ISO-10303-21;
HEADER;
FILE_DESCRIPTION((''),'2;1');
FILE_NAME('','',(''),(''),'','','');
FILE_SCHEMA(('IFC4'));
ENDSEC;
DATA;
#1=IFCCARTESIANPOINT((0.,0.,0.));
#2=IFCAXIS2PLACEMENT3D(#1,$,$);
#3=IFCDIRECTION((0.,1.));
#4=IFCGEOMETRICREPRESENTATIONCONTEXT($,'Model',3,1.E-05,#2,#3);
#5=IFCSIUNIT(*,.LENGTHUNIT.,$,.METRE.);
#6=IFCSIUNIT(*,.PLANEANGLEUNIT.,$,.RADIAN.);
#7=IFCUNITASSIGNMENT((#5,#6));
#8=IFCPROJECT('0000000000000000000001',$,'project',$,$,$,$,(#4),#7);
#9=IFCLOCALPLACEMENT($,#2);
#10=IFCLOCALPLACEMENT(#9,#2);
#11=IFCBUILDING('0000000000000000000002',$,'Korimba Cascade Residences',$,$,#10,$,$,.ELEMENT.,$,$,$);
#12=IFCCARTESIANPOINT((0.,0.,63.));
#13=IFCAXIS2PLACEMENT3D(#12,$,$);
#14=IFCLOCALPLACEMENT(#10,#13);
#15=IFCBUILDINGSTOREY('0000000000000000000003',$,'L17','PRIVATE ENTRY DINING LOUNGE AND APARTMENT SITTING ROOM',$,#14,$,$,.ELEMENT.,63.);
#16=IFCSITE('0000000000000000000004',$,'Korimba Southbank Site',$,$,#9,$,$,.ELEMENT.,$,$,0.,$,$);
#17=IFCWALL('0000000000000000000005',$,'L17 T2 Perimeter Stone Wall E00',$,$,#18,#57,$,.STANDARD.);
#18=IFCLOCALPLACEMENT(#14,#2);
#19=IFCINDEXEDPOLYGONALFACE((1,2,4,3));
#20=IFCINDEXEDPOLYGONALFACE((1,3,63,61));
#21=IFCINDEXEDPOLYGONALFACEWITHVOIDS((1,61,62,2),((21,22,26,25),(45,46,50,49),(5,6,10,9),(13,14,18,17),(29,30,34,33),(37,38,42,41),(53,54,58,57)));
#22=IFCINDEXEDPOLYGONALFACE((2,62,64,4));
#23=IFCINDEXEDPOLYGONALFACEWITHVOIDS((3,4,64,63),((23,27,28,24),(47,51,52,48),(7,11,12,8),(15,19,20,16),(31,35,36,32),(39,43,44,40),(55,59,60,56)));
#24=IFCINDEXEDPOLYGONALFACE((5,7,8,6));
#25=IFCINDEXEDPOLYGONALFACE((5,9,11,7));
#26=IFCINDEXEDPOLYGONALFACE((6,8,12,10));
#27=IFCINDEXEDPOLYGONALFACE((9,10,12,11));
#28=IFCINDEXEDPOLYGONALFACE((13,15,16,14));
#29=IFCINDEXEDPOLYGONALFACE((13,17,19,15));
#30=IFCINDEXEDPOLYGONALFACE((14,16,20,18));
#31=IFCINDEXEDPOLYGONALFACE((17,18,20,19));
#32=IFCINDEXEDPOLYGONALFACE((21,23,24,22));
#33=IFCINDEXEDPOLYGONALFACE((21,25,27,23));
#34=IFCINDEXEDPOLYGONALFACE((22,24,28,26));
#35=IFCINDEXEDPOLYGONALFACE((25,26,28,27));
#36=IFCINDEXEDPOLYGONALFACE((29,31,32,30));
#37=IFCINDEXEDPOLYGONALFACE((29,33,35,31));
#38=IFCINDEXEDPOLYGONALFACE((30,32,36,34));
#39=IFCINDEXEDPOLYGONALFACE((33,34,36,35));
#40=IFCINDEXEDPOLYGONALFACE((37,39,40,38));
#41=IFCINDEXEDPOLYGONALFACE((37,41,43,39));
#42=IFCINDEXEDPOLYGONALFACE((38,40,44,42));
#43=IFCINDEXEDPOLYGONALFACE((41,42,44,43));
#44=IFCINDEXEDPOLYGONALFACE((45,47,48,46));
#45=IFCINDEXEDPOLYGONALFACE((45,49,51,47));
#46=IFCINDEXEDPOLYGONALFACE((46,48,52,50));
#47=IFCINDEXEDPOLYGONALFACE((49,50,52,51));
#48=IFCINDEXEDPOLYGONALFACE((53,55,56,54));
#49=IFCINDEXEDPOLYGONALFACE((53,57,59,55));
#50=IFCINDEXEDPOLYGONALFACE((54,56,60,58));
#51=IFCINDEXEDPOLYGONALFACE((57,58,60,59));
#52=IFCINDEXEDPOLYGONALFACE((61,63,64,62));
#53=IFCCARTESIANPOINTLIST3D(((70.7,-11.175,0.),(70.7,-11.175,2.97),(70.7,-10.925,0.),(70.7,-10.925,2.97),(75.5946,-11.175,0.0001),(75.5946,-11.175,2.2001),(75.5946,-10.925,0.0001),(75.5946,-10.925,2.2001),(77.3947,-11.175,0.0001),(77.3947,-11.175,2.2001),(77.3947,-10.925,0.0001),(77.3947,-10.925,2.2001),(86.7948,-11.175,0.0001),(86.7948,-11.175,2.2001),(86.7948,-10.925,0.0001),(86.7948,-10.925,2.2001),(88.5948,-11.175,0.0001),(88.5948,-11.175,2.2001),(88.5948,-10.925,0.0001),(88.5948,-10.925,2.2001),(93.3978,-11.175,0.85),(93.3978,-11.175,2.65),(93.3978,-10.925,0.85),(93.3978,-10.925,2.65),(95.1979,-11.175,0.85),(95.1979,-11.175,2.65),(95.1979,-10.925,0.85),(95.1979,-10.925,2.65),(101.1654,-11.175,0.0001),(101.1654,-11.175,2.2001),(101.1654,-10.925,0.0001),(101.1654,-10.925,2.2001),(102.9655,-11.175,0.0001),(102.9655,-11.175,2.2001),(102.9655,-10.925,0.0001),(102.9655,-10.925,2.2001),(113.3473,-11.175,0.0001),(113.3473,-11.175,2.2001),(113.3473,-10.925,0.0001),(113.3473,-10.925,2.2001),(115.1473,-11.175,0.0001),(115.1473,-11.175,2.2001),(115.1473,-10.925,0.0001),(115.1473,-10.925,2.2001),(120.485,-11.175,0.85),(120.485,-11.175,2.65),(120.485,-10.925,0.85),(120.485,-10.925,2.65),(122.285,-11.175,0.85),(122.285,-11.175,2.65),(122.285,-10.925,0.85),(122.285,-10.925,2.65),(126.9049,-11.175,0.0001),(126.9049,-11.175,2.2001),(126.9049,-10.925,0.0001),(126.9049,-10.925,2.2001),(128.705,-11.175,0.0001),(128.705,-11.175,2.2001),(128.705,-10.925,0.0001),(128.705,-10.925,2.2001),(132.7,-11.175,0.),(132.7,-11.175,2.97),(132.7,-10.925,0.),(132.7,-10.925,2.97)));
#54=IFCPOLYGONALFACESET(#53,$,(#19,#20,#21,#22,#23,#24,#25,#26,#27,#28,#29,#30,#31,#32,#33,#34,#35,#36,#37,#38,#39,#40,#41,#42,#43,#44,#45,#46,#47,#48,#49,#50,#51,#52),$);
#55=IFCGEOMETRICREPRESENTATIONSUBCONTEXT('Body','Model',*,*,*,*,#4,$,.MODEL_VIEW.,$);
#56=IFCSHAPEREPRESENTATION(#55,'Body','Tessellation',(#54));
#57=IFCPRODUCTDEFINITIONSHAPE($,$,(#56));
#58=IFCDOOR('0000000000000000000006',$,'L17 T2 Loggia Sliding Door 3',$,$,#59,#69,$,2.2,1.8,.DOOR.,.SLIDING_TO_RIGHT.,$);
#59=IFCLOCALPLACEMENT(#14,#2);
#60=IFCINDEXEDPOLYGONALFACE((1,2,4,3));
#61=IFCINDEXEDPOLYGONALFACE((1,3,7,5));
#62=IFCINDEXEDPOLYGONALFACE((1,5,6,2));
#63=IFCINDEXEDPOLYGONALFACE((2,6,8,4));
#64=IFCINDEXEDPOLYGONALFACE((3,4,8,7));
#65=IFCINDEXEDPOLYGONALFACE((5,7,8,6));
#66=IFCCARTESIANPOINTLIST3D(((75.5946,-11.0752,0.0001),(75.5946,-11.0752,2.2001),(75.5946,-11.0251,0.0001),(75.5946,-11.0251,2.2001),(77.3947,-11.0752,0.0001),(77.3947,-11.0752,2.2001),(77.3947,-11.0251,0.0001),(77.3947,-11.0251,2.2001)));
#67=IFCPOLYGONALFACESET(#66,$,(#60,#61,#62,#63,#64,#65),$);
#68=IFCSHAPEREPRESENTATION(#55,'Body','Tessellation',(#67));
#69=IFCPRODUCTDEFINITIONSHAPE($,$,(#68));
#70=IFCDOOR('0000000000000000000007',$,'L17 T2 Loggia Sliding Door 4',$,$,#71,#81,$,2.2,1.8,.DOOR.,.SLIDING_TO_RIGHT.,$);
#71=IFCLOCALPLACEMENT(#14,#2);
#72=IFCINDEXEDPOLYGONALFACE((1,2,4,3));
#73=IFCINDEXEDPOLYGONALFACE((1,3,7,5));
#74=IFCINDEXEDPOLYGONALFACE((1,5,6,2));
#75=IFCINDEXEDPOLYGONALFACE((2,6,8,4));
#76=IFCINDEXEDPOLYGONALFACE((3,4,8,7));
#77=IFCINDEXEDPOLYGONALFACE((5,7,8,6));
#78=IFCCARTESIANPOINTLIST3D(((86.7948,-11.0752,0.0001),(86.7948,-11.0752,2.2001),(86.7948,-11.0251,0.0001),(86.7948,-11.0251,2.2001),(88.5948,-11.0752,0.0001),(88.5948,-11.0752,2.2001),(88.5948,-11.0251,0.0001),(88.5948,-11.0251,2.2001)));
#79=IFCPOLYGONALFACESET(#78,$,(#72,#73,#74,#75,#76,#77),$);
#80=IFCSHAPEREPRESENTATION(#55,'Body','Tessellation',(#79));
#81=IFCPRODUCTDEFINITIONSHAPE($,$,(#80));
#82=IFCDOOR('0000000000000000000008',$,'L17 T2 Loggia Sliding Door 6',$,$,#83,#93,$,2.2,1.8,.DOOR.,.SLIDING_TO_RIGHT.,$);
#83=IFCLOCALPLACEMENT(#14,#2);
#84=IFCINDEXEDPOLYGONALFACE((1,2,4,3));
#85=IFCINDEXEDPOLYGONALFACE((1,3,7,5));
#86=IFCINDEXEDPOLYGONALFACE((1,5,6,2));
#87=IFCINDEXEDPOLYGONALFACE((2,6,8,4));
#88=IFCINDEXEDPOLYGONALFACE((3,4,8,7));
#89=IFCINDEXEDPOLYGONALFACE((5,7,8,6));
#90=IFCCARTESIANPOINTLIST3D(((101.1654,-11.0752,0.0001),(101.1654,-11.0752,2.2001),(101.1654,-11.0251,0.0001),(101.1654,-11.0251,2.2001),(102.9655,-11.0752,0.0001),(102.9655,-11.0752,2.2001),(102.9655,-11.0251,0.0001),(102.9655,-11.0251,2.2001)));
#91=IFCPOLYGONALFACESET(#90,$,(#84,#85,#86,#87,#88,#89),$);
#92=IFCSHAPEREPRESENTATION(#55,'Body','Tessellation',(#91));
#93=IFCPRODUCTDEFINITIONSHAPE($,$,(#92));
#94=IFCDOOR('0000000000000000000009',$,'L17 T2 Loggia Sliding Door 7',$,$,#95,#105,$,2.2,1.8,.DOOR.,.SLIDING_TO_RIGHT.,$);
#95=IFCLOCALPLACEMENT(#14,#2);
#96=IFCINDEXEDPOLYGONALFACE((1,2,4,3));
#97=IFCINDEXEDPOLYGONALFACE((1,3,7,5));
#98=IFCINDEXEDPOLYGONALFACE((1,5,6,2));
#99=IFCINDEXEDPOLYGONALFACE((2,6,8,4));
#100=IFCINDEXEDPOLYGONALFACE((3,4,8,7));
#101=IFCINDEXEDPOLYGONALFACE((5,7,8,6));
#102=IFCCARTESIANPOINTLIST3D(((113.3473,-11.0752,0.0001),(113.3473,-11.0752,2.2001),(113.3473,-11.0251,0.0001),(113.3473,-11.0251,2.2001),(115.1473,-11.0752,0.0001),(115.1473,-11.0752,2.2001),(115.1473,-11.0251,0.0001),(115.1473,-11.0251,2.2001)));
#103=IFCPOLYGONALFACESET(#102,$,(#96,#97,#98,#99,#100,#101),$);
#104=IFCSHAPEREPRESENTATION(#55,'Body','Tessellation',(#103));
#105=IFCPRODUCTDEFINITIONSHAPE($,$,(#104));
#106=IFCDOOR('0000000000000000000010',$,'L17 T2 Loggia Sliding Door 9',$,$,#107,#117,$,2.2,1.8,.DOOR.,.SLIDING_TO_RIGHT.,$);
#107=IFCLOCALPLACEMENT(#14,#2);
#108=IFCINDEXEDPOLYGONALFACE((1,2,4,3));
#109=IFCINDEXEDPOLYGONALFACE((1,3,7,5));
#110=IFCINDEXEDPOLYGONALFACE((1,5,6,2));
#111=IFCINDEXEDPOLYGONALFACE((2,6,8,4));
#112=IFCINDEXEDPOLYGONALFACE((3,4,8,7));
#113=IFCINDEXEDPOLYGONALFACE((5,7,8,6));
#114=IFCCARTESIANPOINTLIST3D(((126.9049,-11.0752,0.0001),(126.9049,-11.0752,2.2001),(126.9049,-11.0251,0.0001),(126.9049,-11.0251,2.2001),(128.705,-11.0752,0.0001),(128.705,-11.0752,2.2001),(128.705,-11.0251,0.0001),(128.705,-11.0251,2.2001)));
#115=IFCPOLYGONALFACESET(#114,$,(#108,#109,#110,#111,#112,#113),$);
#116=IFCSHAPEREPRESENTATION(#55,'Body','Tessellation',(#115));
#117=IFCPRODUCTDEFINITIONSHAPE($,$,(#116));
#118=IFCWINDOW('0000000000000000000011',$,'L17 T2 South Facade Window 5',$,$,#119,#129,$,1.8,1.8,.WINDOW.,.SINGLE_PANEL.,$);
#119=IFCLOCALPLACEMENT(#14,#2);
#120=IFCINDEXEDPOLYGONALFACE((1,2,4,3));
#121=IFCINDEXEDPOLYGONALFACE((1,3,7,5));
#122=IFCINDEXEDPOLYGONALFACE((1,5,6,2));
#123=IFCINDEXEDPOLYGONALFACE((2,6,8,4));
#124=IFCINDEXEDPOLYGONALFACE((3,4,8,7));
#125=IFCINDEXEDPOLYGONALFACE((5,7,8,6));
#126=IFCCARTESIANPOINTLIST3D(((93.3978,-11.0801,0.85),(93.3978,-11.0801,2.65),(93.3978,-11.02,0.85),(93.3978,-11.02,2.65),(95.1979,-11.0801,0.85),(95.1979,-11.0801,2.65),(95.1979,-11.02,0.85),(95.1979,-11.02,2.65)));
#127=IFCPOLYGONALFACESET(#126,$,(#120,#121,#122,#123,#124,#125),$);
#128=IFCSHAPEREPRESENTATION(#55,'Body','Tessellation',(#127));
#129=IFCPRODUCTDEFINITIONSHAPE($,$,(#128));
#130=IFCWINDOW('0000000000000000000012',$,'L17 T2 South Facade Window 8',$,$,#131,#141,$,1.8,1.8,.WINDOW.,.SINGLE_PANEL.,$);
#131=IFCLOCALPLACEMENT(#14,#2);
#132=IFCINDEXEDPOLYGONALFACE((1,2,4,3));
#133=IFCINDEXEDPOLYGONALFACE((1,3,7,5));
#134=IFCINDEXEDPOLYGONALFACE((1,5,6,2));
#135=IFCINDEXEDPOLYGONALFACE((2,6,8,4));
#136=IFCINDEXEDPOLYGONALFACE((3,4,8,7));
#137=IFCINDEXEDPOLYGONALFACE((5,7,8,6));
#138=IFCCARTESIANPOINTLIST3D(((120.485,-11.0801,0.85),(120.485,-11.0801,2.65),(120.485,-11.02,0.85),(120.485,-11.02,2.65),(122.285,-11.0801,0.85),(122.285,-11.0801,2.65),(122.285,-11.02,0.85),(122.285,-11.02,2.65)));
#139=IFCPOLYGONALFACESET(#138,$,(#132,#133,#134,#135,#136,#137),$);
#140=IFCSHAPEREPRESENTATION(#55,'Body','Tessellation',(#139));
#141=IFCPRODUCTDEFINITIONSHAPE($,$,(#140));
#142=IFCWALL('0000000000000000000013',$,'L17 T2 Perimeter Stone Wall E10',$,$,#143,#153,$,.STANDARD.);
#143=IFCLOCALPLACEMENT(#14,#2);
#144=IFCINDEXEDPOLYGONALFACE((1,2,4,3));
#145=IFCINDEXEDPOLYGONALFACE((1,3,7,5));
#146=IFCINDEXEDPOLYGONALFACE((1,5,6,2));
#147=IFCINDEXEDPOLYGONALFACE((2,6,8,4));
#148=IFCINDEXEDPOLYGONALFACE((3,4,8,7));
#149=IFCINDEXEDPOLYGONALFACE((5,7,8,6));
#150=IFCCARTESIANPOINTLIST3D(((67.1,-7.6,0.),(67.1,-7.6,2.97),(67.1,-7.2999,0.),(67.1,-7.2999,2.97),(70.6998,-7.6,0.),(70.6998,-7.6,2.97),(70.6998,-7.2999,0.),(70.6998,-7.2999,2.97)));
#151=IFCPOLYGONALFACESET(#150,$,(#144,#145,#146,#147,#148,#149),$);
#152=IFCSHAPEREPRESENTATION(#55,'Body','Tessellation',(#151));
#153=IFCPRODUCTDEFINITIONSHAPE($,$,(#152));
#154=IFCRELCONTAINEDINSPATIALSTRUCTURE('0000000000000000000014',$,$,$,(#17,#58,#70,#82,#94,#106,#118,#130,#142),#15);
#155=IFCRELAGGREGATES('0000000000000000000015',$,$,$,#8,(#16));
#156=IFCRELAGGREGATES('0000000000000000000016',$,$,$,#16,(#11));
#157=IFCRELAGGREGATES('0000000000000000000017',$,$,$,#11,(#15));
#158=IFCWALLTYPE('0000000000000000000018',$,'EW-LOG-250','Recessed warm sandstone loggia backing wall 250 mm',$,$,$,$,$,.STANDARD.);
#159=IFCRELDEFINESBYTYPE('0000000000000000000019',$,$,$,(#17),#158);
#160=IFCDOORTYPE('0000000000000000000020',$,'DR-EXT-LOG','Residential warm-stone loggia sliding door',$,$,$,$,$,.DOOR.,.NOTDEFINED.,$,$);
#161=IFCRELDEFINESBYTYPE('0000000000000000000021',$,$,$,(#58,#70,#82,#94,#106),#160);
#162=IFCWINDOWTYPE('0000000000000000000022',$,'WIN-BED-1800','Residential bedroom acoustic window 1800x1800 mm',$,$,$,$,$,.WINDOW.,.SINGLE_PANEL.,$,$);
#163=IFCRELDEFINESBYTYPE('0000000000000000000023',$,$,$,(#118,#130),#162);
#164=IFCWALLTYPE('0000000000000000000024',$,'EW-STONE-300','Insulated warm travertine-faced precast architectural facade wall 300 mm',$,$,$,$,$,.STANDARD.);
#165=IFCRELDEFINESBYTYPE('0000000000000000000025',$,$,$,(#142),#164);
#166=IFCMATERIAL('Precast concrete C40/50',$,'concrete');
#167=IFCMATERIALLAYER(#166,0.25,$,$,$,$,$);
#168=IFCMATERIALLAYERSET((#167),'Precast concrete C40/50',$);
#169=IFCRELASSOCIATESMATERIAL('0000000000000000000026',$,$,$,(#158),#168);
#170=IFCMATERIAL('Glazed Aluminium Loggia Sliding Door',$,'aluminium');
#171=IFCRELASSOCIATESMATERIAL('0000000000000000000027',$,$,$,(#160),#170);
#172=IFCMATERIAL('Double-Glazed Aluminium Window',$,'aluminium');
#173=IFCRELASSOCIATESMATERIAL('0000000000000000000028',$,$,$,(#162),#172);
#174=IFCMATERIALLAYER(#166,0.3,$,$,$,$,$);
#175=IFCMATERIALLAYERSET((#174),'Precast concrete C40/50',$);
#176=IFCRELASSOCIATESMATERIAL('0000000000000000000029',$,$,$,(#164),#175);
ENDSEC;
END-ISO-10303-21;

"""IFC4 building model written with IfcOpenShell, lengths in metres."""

from ifc_helpers import new_model, si_unit, direction, frame, frame_2d, origin, place, context, subcontext, project, spatial, rectangle, extrude, material, layer, layer_set, type_object, element, fill, save


model = new_model("IFC4")

# Units and contexts
model_context = context("Model", 3, precision=1e-05, world=origin(), true_north=direction((0.0, 1.0)))
body_context = subcontext(model_context, "Body", "Model", "MODEL_VIEW")
ifc_project = project(units=[si_unit("LENGTHUNIT", "METRE"), si_unit("PLANEANGLEUNIT", "RADIAN")], contexts=[model_context])

# Site, building, storey
site_placement = place(None, origin())
site = spatial("IfcSite", under=ifc_project, at=site_placement, Name="Korimba Southbank Site", CompositionType="ELEMENT", RefElevation=0.0)
building_placement = place(site_placement, origin())
building = spatial("IfcBuilding", under=site, at=building_placement, Name="Korimba Cascade Residences", CompositionType="ELEMENT")
storey_placement = place(building_placement, frame((0.0, 0.0, 63.0)))
storey = spatial("IfcBuildingStorey", under=building, at=storey_placement, Name="L17", Description="PRIVATE ENTRY DINING LOUNGE AND APARTMENT SITTING ROOM", CompositionType="ELEMENT", Elevation=63.0)

# Wall, openings, doors, windows
ifc_material_1 = material(Name="Precast concrete C40/50", Category="concrete")
ifc_layer_1 = layer(ifc_material_1, 0.25)
ifc_layer_set_1 = layer_set([ifc_layer_1], Name="Precast concrete C40/50")
wall_type_1 = type_object("IfcWallType", Name="EW-LOG-250", Description="Recessed warm sandstone loggia backing wall 250 mm", PredefinedType="STANDARD", material=ifc_layer_set_1)
wall_1_placement = place(storey_placement, frame((70.7, -11.05, 0.0), z_axis=(0.0, 0.0, 1.0), x_axis=(1.0, 0.0, 0.0)))
wall_1 = element("IfcWall", 1, at=wall_1_placement, inside=storey, type_object=wall_type_1, Name="L17 T2 Perimeter Stone Wall E00", PredefinedType="STANDARD", context=body_context, shape_type="SweptSolid", body=[
    extrude(rectangle(XDim=62.0, YDim=0.25, at=frame_2d((31.0, 0.0))), origin(), (0.0, 0.0, 1.0), 2.97),
])
opening_1_placement = place(wall_1_placement, frame((4.8948, 0.0, 0.0)))
opening_1 = element("IfcOpeningElement", 2, at=opening_1_placement, cuts=wall_1, PredefinedType="OPENING", context=body_context, shape_type="SweptSolid", body=[
    extrude(rectangle(XDim=1.8, YDim=2.2, at=frame_2d((0.8999, 1.1001))), frame((0.0, 0.135, 0.0), z_axis=(0.0, -1.0, 0.0), x_axis=(1.0, 0.0, 0.0)), (0.0, 0.0, 1.0), 0.27),
])
opening_2_placement = place(wall_1_placement, frame((16.095, 0.0, 0.0)))
opening_2 = element("IfcOpeningElement", 3, at=opening_2_placement, cuts=wall_1, PredefinedType="OPENING", context=body_context, shape_type="SweptSolid", body=[
    extrude(rectangle(XDim=1.8, YDim=2.2, at=frame_2d((0.8999, 1.1001))), frame((0.0, 0.135, 0.0), z_axis=(0.0, -1.0, 0.0), x_axis=(1.0, 0.0, 0.0)), (0.0, 0.0, 1.0), 0.27),
])
opening_3_placement = place(wall_1_placement, frame((22.698, 0.0, 0.8501)))
opening_3 = element("IfcOpeningElement", 4, at=opening_3_placement, cuts=wall_1, PredefinedType="OPENING", context=body_context, shape_type="SweptSolid", body=[
    extrude(rectangle(XDim=1.8, YDim=1.8, at=frame_2d((0.8999, 0.8999))), frame((0.0, 0.135, 0.0), z_axis=(0.0, -1.0, 0.0), x_axis=(1.0, 0.0, 0.0)), (0.0, 0.0, 1.0), 0.27),
])
opening_4_placement = place(wall_1_placement, frame((30.4656, 0.0, 0.0)))
opening_4 = element("IfcOpeningElement", 5, at=opening_4_placement, cuts=wall_1, PredefinedType="OPENING", context=body_context, shape_type="SweptSolid", body=[
    extrude(rectangle(XDim=1.8, YDim=2.2, at=frame_2d((0.8999, 1.1001))), frame((0.0, 0.135, 0.0), z_axis=(0.0, -1.0, 0.0), x_axis=(1.0, 0.0, 0.0)), (0.0, 0.0, 1.0), 0.27),
])
opening_5_placement = place(wall_1_placement, frame((42.6475, 0.0, 0.0)))
opening_5 = element("IfcOpeningElement", 6, at=opening_5_placement, cuts=wall_1, PredefinedType="OPENING", context=body_context, shape_type="SweptSolid", body=[
    extrude(rectangle(XDim=1.8, YDim=2.2, at=frame_2d((0.8999, 1.1001))), frame((0.0, 0.135, 0.0), z_axis=(0.0, -1.0, 0.0), x_axis=(1.0, 0.0, 0.0)), (0.0, 0.0, 1.0), 0.27),
])
opening_6_placement = place(wall_1_placement, frame((49.7852, 0.0, 0.8501)))
opening_6 = element("IfcOpeningElement", 7, at=opening_6_placement, cuts=wall_1, PredefinedType="OPENING", context=body_context, shape_type="SweptSolid", body=[
    extrude(rectangle(XDim=1.8, YDim=1.8, at=frame_2d((0.8999, 0.8999))), frame((0.0, 0.135, 0.0), z_axis=(0.0, -1.0, 0.0), x_axis=(1.0, 0.0, 0.0)), (0.0, 0.0, 1.0), 0.27),
])
opening_7_placement = place(wall_1_placement, frame((56.2051, 0.0, 0.0)))
opening_7 = element("IfcOpeningElement", 8, at=opening_7_placement, cuts=wall_1, PredefinedType="OPENING", context=body_context, shape_type="SweptSolid", body=[
    extrude(rectangle(XDim=1.8, YDim=2.2, at=frame_2d((0.8999, 1.1001))), frame((0.0, 0.135, 0.0), z_axis=(0.0, -1.0, 0.0), x_axis=(1.0, 0.0, 0.0)), (0.0, 0.0, 1.0), 0.27),
])
ifc_material_2 = material(Name="Glazed Aluminium Loggia Sliding Door", Category="aluminium")
door_type_1 = type_object("IfcDoorType", Name="DR-EXT-LOG", Description="Residential warm-stone loggia sliding door", OperationType="NOTDEFINED", PredefinedType="DOOR", material=ifc_material_2)
door_1_placement = place(opening_1_placement, origin())
door_1 = element("IfcDoor", 9, at=door_1_placement, inside=storey, type_object=door_type_1, Name="L17 T2 Loggia Sliding Door 3", OperationType="SLIDING_TO_RIGHT", OverallHeight=2.2, OverallWidth=1.8, PredefinedType="DOOR", context=body_context, shape_type="SweptSolid", body=[
    extrude(rectangle(XDim=1.8, YDim=2.2, at=frame_2d((0.8999, 1.1001))), frame((0.0, 0.0249, 0.0), z_axis=(0.0, -1.0, 0.0), x_axis=(1.0, 0.0, 0.0)), (0.0, 0.0, 1.0), 0.05),
])
fill(opening_1, door_1)
door_2_placement = place(opening_2_placement, origin())
door_2 = element("IfcDoor", 10, at=door_2_placement, inside=storey, type_object=door_type_1, Name="L17 T2 Loggia Sliding Door 4", OperationType="SLIDING_TO_RIGHT", OverallHeight=2.2, OverallWidth=1.8, PredefinedType="DOOR", context=body_context, shape_type="SweptSolid", body=[
    extrude(rectangle(XDim=1.8, YDim=2.2, at=frame_2d((0.8999, 1.1001))), frame((0.0, 0.0249, 0.0), z_axis=(0.0, -1.0, 0.0), x_axis=(1.0, 0.0, 0.0)), (0.0, 0.0, 1.0), 0.05),
])
fill(opening_2, door_2)
door_3_placement = place(opening_4_placement, origin())
door_3 = element("IfcDoor", 11, at=door_3_placement, inside=storey, type_object=door_type_1, Name="L17 T2 Loggia Sliding Door 6", OperationType="SLIDING_TO_RIGHT", OverallHeight=2.2, OverallWidth=1.8, PredefinedType="DOOR", context=body_context, shape_type="SweptSolid", body=[
    extrude(rectangle(XDim=1.8, YDim=2.2, at=frame_2d((0.8999, 1.1001))), frame((0.0, 0.0249, 0.0), z_axis=(0.0, -1.0, 0.0), x_axis=(1.0, 0.0, 0.0)), (0.0, 0.0, 1.0), 0.05),
])
fill(opening_4, door_3)
door_4_placement = place(opening_5_placement, origin())
door_4 = element("IfcDoor", 12, at=door_4_placement, inside=storey, type_object=door_type_1, Name="L17 T2 Loggia Sliding Door 7", OperationType="SLIDING_TO_RIGHT", OverallHeight=2.2, OverallWidth=1.8, PredefinedType="DOOR", context=body_context, shape_type="SweptSolid", body=[
    extrude(rectangle(XDim=1.8, YDim=2.2, at=frame_2d((0.8999, 1.1001))), frame((0.0, 0.0249, 0.0), z_axis=(0.0, -1.0, 0.0), x_axis=(1.0, 0.0, 0.0)), (0.0, 0.0, 1.0), 0.05),
])
fill(opening_5, door_4)
door_5_placement = place(opening_7_placement, origin())
door_5 = element("IfcDoor", 13, at=door_5_placement, inside=storey, type_object=door_type_1, Name="L17 T2 Loggia Sliding Door 9", OperationType="SLIDING_TO_RIGHT", OverallHeight=2.2, OverallWidth=1.8, PredefinedType="DOOR", context=body_context, shape_type="SweptSolid", body=[
    extrude(rectangle(XDim=1.8, YDim=2.2, at=frame_2d((0.8999, 1.1001))), frame((0.0, 0.0249, 0.0), z_axis=(0.0, -1.0, 0.0), x_axis=(1.0, 0.0, 0.0)), (0.0, 0.0, 1.0), 0.05),
])
fill(opening_7, door_5)
ifc_material_3 = material(Name="Double-Glazed Aluminium Window", Category="aluminium")
window_type = type_object("IfcWindowType", Name="WIN-BED-1800", Description="Residential bedroom acoustic window 1800x1800 mm", PartitioningType="SINGLE_PANEL", PredefinedType="WINDOW", material=ifc_material_3)
window_1_placement = place(opening_3_placement, origin())
window_1 = element("IfcWindow", 14, at=window_1_placement, inside=storey, type_object=window_type, Name="L17 T2 South Facade Window 5", OverallHeight=1.8, OverallWidth=1.8, PartitioningType="SINGLE_PANEL", PredefinedType="WINDOW", context=body_context, shape_type="SweptSolid", body=[
    extrude(rectangle(XDim=1.8, YDim=1.8, at=frame_2d((0.8999, 0.8999))), frame((0.0, 0.03, 0.0), z_axis=(0.0, -1.0, 0.0), x_axis=(1.0, 0.0, 0.0)), (0.0, 0.0, 1.0), 0.0601),
])
fill(opening_3, window_1)
window_2_placement = place(opening_6_placement, origin())
window_2 = element("IfcWindow", 15, at=window_2_placement, inside=storey, type_object=window_type, Name="L17 T2 South Facade Window 8", OverallHeight=1.8, OverallWidth=1.8, PartitioningType="SINGLE_PANEL", PredefinedType="WINDOW", context=body_context, shape_type="SweptSolid", body=[
    extrude(rectangle(XDim=1.8, YDim=1.8, at=frame_2d((0.8999, 0.8999))), frame((0.0, 0.03, 0.0), z_axis=(0.0, -1.0, 0.0), x_axis=(1.0, 0.0, 0.0)), (0.0, 0.0, 1.0), 0.0601),
])
fill(opening_6, window_2)

# Wall
ifc_layer_2 = layer(ifc_material_1, 0.3)
ifc_layer_set_2 = layer_set([ifc_layer_2], Name="Precast concrete C40/50")
wall_type_2 = type_object("IfcWallType", Name="EW-STONE-300", Description="Insulated warm travertine-faced precast architectural facade wall 300 mm", PredefinedType="STANDARD", material=ifc_layer_set_2)
wall_2_placement = place(storey_placement, frame((67.1001, -7.45, 0.0), z_axis=(0.0, 0.0, 1.0), x_axis=(1.0, 0.0, 0.0)))
element("IfcWall", 16, at=wall_2_placement, inside=storey, type_object=wall_type_2, Name="L17 T2 Perimeter Stone Wall E10", PredefinedType="STANDARD", context=body_context, shape_type="SweptSolid", body=[
    extrude(rectangle(XDim=3.5999, YDim=0.3, at=frame_2d((1.7998, 0.0))), origin(), (0.0, 0.0, 1.0), 2.97),
])

save(model, "model.ifc")
